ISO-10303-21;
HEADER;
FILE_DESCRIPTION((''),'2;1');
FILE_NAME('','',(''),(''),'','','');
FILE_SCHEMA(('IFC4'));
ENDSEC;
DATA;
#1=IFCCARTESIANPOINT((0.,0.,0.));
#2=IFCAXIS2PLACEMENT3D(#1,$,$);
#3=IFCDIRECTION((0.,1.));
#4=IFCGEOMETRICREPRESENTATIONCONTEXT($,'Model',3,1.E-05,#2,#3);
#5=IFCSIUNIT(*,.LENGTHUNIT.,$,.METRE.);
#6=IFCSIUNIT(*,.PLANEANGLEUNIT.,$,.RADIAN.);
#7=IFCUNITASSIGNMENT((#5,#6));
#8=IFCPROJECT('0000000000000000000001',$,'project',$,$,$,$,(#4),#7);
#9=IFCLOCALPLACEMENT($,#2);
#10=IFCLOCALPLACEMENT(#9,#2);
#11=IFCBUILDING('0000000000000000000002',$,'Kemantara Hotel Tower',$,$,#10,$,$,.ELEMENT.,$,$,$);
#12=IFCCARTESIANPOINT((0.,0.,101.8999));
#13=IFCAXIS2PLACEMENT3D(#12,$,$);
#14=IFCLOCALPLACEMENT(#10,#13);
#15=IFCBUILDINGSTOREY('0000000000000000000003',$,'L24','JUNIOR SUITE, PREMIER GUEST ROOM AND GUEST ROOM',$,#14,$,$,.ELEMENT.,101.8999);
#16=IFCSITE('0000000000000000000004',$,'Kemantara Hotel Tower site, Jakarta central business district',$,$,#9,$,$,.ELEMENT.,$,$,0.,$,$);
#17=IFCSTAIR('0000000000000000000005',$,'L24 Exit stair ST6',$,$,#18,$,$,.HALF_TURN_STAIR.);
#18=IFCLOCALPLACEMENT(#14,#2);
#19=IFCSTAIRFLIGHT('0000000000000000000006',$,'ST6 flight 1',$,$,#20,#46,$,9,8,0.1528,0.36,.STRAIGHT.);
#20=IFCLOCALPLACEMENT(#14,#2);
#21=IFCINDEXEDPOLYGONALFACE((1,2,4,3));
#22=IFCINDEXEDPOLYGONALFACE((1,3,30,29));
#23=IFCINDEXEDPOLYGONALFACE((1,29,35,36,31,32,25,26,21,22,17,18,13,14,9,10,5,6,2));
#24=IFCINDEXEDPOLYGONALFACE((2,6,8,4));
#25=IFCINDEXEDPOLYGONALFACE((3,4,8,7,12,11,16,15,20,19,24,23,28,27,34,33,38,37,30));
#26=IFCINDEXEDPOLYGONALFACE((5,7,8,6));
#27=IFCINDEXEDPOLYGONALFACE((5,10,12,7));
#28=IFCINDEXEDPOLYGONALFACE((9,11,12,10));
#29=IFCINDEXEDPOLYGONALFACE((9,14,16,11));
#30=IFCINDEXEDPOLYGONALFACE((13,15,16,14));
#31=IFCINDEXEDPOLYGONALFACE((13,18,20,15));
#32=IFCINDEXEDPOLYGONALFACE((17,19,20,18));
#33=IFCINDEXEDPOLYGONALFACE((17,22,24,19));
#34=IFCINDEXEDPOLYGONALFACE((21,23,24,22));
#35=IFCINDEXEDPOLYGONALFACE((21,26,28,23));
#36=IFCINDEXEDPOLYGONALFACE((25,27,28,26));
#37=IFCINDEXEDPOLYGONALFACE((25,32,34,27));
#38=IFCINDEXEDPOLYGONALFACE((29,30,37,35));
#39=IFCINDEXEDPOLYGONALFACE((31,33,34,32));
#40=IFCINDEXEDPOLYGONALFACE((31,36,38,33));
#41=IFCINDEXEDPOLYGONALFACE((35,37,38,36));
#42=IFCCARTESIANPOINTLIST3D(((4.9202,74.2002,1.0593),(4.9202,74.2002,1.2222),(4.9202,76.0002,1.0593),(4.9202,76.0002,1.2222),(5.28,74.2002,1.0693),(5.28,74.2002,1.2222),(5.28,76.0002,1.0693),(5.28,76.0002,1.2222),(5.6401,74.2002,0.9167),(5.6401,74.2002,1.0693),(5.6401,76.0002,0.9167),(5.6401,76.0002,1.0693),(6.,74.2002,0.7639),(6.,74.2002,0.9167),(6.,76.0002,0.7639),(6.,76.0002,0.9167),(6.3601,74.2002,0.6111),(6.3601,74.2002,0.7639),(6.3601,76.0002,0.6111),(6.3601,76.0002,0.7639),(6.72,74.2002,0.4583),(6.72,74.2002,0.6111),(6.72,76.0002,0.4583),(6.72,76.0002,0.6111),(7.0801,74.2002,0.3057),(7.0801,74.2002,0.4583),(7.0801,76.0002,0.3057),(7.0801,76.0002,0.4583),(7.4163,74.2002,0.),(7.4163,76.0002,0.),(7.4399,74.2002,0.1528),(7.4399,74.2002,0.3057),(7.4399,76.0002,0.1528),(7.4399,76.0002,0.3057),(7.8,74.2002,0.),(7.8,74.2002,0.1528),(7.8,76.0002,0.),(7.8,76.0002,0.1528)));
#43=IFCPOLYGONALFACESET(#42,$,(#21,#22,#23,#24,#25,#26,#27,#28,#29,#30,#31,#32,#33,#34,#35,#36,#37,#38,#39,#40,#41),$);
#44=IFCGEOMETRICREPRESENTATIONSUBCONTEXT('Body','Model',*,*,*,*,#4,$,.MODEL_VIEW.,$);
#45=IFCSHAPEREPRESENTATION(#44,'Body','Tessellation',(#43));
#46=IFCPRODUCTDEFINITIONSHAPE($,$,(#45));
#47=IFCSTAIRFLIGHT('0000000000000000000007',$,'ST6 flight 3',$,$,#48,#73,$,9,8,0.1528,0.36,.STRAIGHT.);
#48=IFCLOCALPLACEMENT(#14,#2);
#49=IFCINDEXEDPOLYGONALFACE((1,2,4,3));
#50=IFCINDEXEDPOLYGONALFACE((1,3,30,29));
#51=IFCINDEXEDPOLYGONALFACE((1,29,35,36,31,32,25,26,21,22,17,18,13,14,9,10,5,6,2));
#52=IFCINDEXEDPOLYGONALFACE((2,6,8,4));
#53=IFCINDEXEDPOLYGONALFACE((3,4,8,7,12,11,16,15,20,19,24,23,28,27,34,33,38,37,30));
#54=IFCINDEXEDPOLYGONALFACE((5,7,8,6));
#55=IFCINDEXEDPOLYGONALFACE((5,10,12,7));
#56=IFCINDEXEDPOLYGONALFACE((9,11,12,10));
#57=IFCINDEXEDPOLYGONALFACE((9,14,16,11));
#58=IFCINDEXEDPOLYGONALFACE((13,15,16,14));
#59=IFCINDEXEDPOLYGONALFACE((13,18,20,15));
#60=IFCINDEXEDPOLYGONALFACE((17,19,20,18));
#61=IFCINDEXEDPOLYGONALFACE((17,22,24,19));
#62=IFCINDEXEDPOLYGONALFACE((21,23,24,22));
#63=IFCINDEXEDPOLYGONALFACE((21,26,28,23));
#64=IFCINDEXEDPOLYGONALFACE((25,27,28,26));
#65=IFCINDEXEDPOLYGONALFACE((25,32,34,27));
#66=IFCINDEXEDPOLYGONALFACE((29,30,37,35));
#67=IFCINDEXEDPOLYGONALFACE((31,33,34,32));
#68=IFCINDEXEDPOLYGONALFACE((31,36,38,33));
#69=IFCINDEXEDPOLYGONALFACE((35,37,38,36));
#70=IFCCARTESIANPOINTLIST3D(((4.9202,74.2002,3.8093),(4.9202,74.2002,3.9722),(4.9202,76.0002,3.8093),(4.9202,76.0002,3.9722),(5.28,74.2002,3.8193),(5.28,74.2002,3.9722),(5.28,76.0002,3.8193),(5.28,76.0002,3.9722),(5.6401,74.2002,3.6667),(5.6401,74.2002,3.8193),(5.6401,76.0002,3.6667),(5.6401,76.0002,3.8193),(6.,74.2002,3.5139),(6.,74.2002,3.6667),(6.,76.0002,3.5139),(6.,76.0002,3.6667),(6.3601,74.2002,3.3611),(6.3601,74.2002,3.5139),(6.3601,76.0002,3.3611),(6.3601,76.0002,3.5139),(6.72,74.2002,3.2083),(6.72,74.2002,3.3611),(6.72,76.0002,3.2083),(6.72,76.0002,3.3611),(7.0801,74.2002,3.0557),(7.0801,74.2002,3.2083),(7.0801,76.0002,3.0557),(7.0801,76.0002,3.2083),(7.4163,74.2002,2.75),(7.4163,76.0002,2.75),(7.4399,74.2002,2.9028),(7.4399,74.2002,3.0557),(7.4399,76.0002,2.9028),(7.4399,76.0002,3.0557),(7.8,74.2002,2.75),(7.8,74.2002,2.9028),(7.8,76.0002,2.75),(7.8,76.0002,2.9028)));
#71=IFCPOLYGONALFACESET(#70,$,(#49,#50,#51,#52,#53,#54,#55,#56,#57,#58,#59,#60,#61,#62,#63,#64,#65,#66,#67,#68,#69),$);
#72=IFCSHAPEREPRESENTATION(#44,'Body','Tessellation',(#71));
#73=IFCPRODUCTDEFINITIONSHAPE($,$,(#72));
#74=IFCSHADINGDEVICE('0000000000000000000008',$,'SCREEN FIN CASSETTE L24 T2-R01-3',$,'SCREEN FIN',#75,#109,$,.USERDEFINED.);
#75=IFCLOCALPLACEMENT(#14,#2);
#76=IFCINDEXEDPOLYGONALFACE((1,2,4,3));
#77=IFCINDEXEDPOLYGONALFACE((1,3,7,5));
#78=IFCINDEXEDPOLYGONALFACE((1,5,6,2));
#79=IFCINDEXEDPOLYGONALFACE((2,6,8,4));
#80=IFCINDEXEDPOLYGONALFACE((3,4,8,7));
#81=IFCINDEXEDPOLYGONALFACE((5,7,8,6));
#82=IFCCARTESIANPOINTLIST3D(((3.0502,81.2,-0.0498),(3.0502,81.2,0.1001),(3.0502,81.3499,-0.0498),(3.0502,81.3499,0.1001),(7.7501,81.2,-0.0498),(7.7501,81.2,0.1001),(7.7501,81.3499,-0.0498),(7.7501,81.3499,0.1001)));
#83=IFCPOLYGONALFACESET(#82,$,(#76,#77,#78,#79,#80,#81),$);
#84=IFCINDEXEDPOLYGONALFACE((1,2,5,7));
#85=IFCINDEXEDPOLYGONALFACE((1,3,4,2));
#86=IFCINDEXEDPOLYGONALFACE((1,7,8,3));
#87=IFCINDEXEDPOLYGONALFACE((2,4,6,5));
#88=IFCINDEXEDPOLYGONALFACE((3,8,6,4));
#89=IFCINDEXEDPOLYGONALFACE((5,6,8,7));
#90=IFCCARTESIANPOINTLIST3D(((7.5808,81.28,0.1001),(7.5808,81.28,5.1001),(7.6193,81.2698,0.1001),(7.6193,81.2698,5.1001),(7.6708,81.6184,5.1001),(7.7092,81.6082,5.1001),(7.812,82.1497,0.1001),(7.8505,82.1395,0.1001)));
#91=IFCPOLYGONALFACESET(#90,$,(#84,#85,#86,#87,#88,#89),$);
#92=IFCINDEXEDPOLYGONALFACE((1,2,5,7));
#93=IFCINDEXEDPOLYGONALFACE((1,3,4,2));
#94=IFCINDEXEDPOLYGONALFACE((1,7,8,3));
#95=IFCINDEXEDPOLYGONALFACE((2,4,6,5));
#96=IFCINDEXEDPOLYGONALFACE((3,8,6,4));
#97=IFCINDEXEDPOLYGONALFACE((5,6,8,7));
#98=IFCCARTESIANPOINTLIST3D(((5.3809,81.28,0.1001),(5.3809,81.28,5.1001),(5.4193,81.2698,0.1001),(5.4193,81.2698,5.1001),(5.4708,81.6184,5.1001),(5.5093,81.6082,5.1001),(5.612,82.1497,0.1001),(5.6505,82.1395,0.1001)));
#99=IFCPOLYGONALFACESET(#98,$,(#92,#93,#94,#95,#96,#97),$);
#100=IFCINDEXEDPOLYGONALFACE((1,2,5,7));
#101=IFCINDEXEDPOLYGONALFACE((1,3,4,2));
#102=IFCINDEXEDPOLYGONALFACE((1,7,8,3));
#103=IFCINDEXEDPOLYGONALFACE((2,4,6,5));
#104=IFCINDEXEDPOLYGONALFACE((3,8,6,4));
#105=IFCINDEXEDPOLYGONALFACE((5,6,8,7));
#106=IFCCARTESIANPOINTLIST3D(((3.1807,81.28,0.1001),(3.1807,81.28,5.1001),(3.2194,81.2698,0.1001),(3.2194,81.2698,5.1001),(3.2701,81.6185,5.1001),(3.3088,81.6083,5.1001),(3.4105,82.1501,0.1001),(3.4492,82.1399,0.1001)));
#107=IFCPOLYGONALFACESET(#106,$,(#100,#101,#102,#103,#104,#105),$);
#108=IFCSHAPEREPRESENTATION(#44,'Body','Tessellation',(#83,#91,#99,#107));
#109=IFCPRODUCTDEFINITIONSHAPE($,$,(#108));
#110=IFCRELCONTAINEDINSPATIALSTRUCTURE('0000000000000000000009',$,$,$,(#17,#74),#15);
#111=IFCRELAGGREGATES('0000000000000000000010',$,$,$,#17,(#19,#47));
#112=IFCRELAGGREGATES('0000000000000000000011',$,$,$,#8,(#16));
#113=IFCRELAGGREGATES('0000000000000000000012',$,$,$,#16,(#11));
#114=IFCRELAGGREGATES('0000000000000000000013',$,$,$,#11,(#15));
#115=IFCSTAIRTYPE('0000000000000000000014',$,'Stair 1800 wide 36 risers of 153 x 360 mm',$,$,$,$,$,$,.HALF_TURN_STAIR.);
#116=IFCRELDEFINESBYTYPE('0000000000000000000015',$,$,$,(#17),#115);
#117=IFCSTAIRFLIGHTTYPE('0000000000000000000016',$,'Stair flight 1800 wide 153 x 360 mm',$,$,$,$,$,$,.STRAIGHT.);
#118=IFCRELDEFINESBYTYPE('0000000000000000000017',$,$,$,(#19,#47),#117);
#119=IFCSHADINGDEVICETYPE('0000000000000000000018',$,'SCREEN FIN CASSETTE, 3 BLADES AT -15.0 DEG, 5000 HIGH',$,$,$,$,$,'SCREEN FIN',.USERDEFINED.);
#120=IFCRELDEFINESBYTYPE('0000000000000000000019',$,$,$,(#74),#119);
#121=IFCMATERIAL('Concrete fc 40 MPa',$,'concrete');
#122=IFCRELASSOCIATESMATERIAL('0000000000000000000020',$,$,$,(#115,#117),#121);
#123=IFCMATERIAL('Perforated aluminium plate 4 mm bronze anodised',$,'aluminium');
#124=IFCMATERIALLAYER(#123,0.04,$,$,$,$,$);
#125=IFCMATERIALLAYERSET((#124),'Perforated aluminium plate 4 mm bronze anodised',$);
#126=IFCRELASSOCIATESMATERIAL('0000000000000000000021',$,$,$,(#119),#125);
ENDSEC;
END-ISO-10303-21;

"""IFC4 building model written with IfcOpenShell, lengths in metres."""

from ifc_helpers import new_model, si_unit, direction, frame, origin, origin_2d, place, context, subcontext, project, spatial, polyline, rectangle, outline, extrude, source, transform, mapped, material, layer, layer_set, type_object, element, aggregate, save


model = new_model("IFC4")

# Units and contexts
model_context = context("Model", 3, precision=1e-05, world=origin(), true_north=direction((0.0, 1.0)))
body_context = subcontext(model_context, "Body", "Model", "MODEL_VIEW")
ifc_project = project(units=[si_unit("LENGTHUNIT", "METRE"), si_unit("PLANEANGLEUNIT", "RADIAN")], contexts=[model_context])

# Site, building, storey
site_placement = place(None, origin())
site = spatial("IfcSite", under=ifc_project, at=site_placement, Name="Kemantara Hotel Tower site, Jakarta central business district", CompositionType="ELEMENT", RefElevation=0.0)
building_placement = place(site_placement, origin())
building = spatial("IfcBuilding", under=site, at=building_placement, Name="Kemantara Hotel Tower", CompositionType="ELEMENT")
storey_placement = place(building_placement, frame((0.0, 0.0, 101.8999)))
storey = spatial("IfcBuildingStorey", under=building, at=storey_placement, Name="L24", Description="JUNIOR SUITE, PREMIER GUEST ROOM AND GUEST ROOM", CompositionType="ELEMENT", Elevation=101.8999)

# Stair, stair flights
ifc_material_1 = material(Name="Concrete fc 40 MPa", Category="concrete")
stair_type = type_object("IfcStairType", Name="Stair 1800 wide 36 risers of 153 x 360 mm", PredefinedType="HALF_TURN_STAIR", material=ifc_material_1)
stair_placement = place(storey_placement, origin())
stair = element("IfcStair", 1, at=stair_placement, inside=storey, type_object=stair_type, Name="L24 Exit stair ST6", PredefinedType="HALF_TURN_STAIR")
stair_flight_type = type_object("IfcStairFlightType", Name="Stair flight 1800 wide 153 x 360 mm", PredefinedType="STRAIGHT", material=ifc_material_1)
stair_flight_1_placement = place(storey_placement, frame((7.8, 75.1001, 0.0), z_axis=(0.0, 0.0, 1.0), x_axis=(-1.0, 0.0, 0.0)))
stair_flight_1 = element("IfcStairFlight", 2, at=stair_flight_1_placement, type_object=stair_flight_type, Name="ST6 flight 1", NumberOfRisers=9, NumberOfTreads=8, PredefinedType="STRAIGHT", RiserHeight=0.1528, TreadLength=0.36, context=body_context, shape_type="SweptSolid", body=[
    extrude(outline(polyline([(0.0, 0.0), (0.0, 0.1528), (0.3601, 0.1528), (0.3601, 0.3057), (0.72, 0.3057), (0.72, 0.4583), (1.0801, 0.4583), (1.0801, 0.6111), (1.4399, 0.6111), (1.4399, 0.7639), (1.8, 0.7639), (1.8, 0.9167), (2.1599, 0.9167), (2.1599, 1.0693), (2.52, 1.0693), (2.52, 1.2222), (2.8799, 1.2222), (2.8799, 1.375), (2.8799, 1.0593), (0.3838, 0.0), (0.0, 0.0)])), frame((0.0, 0.8999, 0.0), z_axis=(0.0, -1.0, 0.0), x_axis=(1.0, 0.0, 0.0)), (0.0, 0.0, 1.0), 1.8),
])
stair_flight_2_placement = place(storey_placement, frame((7.8, 75.1001, 2.75), z_axis=(0.0, 0.0, 1.0), x_axis=(-1.0, 0.0, 0.0)))
stair_flight_2 = element("IfcStairFlight", 3, at=stair_flight_2_placement, type_object=stair_flight_type, Name="ST6 flight 3", NumberOfRisers=9, NumberOfTreads=8, PredefinedType="STRAIGHT", RiserHeight=0.1528, TreadLength=0.36, context=body_context, shape_type="SweptSolid", body=[
    extrude(outline(polyline([(0.0, 0.0), (0.0, 0.1528), (0.3601, 0.1528), (0.3601, 0.3057), (0.72, 0.3057), (0.72, 0.4583), (1.0801, 0.4583), (1.0801, 0.6111), (1.4399, 0.6111), (1.4399, 0.7639), (1.8, 0.7639), (1.8, 0.9167), (2.1599, 0.9167), (2.1599, 1.0693), (2.52, 1.0693), (2.52, 1.2222), (2.8799, 1.2222), (2.8799, 1.375), (2.8799, 1.0593), (0.3838, 0.0), (0.0, 0.0)])), frame((0.0, 0.8999, 0.0), z_axis=(0.0, -1.0, 0.0), x_axis=(1.0, 0.0, 0.0)), (0.0, 0.0, 1.0), 1.8),
])
aggregate(stair, [stair_flight_1, stair_flight_2])

# Shading device
ifc_material_2 = material(Name="Perforated aluminium plate 4 mm bronze anodised", Category="aluminium")
ifc_layer_1 = layer(ifc_material_2, 0.04)
ifc_layer_set_1 = layer_set([ifc_layer_1], Name="Perforated aluminium plate 4 mm bronze anodised")
shading_device_type = type_object("IfcShadingDeviceType", Name="SCREEN FIN CASSETTE, 3 BLADES AT -15.0 DEG, 5000 HIGH", ElementType="SCREEN FIN", PredefinedType="USERDEFINED", material=ifc_layer_set_1)
shared_shape_1 = source(origin(), body_context, "Body", "SweptSolid", [
    extrude(rectangle(XDim=4.7, YDim=0.1499, at=origin_2d()), frame((2.2, -0.075, -0.1499), z_axis=(0.0, 0.0, 1.0), x_axis=(1.0, 0.0, 0.0)), (0.0, 0.0, 1.0), 0.1499),
    extrude(outline(polyline([(0.0, 0.0), (0.8999, 0.0), (0.3501, 5.0), (0.0, 5.0), (0.0, 0.0)])), frame((0.0193, -0.0801, 0.0), z_axis=(-0.966438, 0.256901, 0.0), x_axis=(-0.256901, -0.966438, 0.0)), (0.0, 0.0, 1.0), 0.0398),
    extrude(outline(polyline([(0.0, 0.0), (0.8999, 0.0), (0.3501, 5.0), (0.0, 5.0), (0.0, 0.0)])), frame((2.2192, -0.0801, 0.0), z_axis=(-0.966438, 0.256901, 0.0), x_axis=(-0.256901, -0.966438, 0.0)), (0.0, 0.0, 1.0), 0.0398),
    extrude(outline(polyline([(0.0, 0.0), (0.8999, 0.0), (0.3501, 5.0), (0.0, 5.0), (0.0, 0.0)])), frame((4.4194, -0.0801, 0.0), z_axis=(-0.966838, 0.255391, 0.0), x_axis=(-0.255391, -0.966838, 0.0)), (0.0, 0.0, 1.0), 0.04),
])
shading_device_placement = place(storey_placement, frame((7.6001, 81.2, 0.1001), z_axis=(0.0, 0.0, 1.0), x_axis=(-1.0, 0.0, 0.0)))
element("IfcShadingDevice", 4, at=shading_device_placement, inside=storey, type_object=shading_device_type, Name="SCREEN FIN CASSETTE L24 T2-R01-3", ObjectType="SCREEN FIN", PredefinedType="USERDEFINED", context=body_context, shape_type="MappedRepresentation", body=[
    mapped(shared_shape_1, transform((0.0, 0.0, 0.0))),
])

save(model, "model.ifc")
